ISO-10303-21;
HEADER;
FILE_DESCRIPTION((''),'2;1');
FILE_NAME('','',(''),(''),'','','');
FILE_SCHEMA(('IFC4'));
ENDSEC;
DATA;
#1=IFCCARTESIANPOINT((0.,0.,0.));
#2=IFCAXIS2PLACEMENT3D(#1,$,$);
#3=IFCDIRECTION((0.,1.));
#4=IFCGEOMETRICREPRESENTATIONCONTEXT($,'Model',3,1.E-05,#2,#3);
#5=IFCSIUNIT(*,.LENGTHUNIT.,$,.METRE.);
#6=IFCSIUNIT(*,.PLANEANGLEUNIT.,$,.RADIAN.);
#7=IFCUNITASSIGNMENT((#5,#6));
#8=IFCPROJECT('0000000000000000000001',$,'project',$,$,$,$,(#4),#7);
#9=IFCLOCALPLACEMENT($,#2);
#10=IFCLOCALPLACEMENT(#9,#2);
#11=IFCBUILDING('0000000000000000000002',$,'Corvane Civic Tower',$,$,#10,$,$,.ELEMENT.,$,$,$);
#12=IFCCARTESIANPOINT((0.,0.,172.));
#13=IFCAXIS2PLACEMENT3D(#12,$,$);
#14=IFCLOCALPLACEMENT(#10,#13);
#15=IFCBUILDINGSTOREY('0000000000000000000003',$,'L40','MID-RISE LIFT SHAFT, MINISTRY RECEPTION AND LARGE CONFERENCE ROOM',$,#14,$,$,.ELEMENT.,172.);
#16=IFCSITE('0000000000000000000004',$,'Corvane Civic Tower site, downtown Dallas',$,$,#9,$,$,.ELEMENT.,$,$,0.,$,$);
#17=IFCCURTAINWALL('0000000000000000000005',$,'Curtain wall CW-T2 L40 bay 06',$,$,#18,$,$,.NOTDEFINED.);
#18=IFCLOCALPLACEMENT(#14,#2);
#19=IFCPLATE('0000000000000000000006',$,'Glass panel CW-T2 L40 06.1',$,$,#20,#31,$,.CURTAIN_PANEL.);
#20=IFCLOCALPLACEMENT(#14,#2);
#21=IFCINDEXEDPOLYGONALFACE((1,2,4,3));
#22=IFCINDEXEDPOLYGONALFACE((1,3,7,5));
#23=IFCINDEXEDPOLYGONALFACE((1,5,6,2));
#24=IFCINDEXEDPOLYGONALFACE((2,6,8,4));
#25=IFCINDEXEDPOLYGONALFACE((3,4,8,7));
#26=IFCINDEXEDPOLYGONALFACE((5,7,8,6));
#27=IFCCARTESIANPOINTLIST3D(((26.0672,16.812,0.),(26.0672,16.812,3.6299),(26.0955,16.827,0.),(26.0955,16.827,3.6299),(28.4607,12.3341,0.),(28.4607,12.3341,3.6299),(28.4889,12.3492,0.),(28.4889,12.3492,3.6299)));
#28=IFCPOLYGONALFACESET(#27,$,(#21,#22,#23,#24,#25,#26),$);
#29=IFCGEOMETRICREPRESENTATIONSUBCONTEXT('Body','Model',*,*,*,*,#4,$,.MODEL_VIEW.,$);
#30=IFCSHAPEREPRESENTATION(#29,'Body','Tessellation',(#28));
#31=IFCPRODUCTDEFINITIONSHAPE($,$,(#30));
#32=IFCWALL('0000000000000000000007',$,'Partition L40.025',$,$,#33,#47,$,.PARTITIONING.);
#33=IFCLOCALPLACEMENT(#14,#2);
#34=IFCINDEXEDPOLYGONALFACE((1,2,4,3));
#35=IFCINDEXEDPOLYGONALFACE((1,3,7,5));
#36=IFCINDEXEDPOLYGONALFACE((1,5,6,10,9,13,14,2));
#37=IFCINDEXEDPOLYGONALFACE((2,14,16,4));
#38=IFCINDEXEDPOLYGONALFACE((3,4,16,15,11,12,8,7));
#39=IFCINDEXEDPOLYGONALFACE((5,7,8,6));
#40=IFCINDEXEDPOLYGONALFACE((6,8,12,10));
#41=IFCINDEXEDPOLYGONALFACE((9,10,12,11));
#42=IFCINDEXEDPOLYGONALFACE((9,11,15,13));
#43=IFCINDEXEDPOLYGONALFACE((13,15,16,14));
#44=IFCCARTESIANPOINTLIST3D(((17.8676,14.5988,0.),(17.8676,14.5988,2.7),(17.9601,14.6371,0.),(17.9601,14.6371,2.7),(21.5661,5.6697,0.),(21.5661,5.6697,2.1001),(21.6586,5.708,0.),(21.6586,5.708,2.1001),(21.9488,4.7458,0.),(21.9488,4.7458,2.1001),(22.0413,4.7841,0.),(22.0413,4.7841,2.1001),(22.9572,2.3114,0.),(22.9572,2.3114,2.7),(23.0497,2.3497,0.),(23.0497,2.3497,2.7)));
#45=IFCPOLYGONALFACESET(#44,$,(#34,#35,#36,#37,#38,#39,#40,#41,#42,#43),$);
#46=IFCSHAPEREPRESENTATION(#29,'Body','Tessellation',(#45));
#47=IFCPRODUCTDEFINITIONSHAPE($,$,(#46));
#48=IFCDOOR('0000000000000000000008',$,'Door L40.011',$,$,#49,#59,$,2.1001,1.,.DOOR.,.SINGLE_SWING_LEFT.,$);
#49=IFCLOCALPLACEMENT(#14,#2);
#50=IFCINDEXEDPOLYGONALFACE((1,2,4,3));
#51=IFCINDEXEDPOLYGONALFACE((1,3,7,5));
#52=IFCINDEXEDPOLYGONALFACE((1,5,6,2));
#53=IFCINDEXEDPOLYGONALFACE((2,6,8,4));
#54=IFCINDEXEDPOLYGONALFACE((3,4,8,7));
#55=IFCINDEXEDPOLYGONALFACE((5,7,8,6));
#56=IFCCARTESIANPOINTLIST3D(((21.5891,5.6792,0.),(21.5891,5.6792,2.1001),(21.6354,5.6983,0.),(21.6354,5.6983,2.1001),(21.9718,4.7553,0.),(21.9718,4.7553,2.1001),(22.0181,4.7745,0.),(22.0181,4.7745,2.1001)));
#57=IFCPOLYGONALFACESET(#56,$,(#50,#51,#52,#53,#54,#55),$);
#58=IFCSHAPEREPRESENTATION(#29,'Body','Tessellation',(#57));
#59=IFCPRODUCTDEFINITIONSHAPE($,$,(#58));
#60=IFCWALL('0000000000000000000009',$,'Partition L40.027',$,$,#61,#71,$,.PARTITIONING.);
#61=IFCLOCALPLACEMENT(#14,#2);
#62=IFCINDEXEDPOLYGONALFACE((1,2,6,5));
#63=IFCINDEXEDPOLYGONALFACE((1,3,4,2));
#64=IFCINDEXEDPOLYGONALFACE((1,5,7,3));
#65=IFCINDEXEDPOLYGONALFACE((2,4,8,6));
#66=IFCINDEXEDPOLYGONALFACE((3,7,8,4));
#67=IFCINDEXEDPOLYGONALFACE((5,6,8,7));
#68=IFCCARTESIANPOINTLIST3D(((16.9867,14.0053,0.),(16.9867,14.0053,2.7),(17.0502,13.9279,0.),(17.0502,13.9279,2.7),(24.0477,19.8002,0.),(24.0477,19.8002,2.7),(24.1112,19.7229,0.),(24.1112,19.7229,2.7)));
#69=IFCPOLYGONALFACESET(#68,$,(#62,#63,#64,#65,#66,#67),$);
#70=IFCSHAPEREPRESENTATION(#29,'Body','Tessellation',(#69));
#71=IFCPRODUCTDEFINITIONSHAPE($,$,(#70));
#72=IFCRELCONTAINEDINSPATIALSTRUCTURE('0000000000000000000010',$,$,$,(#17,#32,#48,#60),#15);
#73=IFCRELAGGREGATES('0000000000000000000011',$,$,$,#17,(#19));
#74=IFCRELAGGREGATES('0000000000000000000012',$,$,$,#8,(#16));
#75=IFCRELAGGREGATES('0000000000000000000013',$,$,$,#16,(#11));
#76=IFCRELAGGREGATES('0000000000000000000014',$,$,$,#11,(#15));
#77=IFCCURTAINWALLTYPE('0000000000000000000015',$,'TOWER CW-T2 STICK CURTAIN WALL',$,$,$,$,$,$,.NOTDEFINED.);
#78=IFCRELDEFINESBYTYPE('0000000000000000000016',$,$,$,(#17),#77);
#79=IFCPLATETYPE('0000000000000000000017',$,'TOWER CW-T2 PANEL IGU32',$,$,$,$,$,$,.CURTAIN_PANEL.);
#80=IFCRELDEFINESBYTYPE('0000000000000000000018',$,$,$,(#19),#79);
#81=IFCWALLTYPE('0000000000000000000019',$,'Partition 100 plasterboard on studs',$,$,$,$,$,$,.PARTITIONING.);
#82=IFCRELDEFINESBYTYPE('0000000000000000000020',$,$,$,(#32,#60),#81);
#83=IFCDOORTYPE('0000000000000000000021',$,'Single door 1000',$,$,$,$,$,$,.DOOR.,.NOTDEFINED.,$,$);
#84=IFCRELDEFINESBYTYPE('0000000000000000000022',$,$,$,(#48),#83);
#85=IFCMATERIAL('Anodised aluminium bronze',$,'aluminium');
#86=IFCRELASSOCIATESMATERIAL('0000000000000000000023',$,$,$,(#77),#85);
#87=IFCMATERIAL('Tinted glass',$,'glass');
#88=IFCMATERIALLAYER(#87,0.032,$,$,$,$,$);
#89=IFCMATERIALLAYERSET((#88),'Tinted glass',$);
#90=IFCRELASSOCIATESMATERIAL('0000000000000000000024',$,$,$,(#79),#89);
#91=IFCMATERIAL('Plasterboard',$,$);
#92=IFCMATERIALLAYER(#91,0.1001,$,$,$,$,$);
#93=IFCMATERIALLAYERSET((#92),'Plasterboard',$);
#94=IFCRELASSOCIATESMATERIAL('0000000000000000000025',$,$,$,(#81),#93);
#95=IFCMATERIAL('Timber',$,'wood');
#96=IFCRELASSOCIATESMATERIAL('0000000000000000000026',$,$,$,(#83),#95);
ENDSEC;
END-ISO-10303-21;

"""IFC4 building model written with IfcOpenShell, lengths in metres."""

from ifc_helpers import new_model, si_unit, direction, frame, frame_2d, origin, origin_2d, place, context, subcontext, project, spatial, rectangle, extrude, material, layer, layer_set, type_object, element, fill, aggregate, save


model = new_model("IFC4")

# Units and contexts
model_context = context("Model", 3, precision=1e-05, world=origin(), true_north=direction((0.0, 1.0)))
body_context = subcontext(model_context, "Body", "Model", "MODEL_VIEW")
ifc_project = project(units=[si_unit("LENGTHUNIT", "METRE"), si_unit("PLANEANGLEUNIT", "RADIAN")], contexts=[model_context])

# Site, building, storey
site_placement = place(None, origin())
site = spatial("IfcSite", under=ifc_project, at=site_placement, Name="Corvane Civic Tower site, downtown Dallas", CompositionType="ELEMENT", RefElevation=0.0)
building_placement = place(site_placement, origin())
building = spatial("IfcBuilding", under=site, at=building_placement, Name="Corvane Civic Tower", CompositionType="ELEMENT")
storey_placement = place(building_placement, frame((0.0, 0.0, 172.0)))
storey = spatial("IfcBuildingStorey", under=building, at=storey_placement, Name="L40", Description="MID-RISE LIFT SHAFT, MINISTRY RECEPTION AND LARGE CONFERENCE ROOM", CompositionType="ELEMENT", Elevation=172.0)

# Curtain wall
ifc_material_1 = material(Name="Anodised aluminium bronze", Category="aluminium")
curtain_wall_type = type_object("IfcCurtainWallType", Name="TOWER CW-T2 STICK CURTAIN WALL", PredefinedType="NOTDEFINED", material=ifc_material_1)
curtain_wall_1_placement = place(storey_placement, origin())
curtain_wall_1 = element("IfcCurtainWall", 1, at=curtain_wall_1_placement, inside=storey, type_object=curtain_wall_type, Name="Curtain wall CW-T2 L40 bay 06", PredefinedType="NOTDEFINED")

# Shared definitions
ifc_material_2 = material(Name="Tinted glass", Category="glass")
ifc_layer_1 = layer(ifc_material_2, 0.032)
ifc_layer_set_1 = layer_set([ifc_layer_1], Name="Tinted glass")
plate_type = type_object("IfcPlateType", Name="TOWER CW-T2 PANEL IGU32", PredefinedType="CURTAIN_PANEL", material=ifc_layer_set_1)

# Plate
plate_1_placement = place(storey_placement, frame((27.2781, 14.5806, 0.0), z_axis=(0.0, 0.0, 1.0), x_axis=(0.471395, -0.881922, 0.0)))
plate_1 = element("IfcPlate", 2, at=plate_1_placement, type_object=plate_type, Name="Glass panel CW-T2 L40 06.1", PredefinedType="CURTAIN_PANEL", context=body_context, shape_type="SweptSolid", body=[
    extrude(rectangle(XDim=5.0774, YDim=0.032, at=origin_2d()), origin(), (0.0, 0.0, 1.0), 3.6299),
])
aggregate(curtain_wall_1, [plate_1])

# Wall, opening, door
ifc_material_3 = material(Name="Plasterboard")
ifc_layer_2 = layer(ifc_material_3, 0.1001)
ifc_layer_set_2 = layer_set([ifc_layer_2], Name="Plasterboard")
wall_type = type_object("IfcWallType", Name="Partition 100 plasterboard on studs", PredefinedType="PARTITIONING", material=ifc_layer_set_2)
wall_1_placement = place(storey_placement, frame((17.9138, 14.6179, 0.0), z_axis=(0.0, 0.0, 1.0), x_axis=(0.382684, -0.923879, 0.0)))
wall_1 = element("IfcWall", 3, at=wall_1_placement, inside=storey, type_object=wall_type, Name="Partition L40.025", PredefinedType="PARTITIONING", context=body_context, shape_type="SweptSolid", body=[
    extrude(rectangle(XDim=13.2998, YDim=0.1001, at=frame_2d((6.6499, 0.0))), origin(), (0.0, 0.0, 1.0), 2.7),
])
opening_placement = place(wall_1_placement, frame((9.6648, 0.0, 0.0)))
opening = element("IfcOpeningElement", 4, at=opening_placement, cuts=wall_1, PredefinedType="OPENING", context=body_context, shape_type="SweptSolid", body=[
    extrude(rectangle(XDim=1.0, YDim=2.1001, at=frame_2d((0.5, 1.05))), frame((0.0, 0.0601, 0.0), z_axis=(0.0, -1.0, 0.0), x_axis=(1.0, 0.0, 0.0)), (0.0, 0.0, 1.0), 0.1201),
])
ifc_material_4 = material(Name="Timber", Category="wood")
door_type = type_object("IfcDoorType", Name="Single door 1000", OperationType="NOTDEFINED", PredefinedType="DOOR", material=ifc_material_4)
door_placement = place(opening_placement, origin())
door = element("IfcDoor", 5, at=door_placement, inside=storey, type_object=door_type, Name="Door L40.011", OperationType="SINGLE_SWING_LEFT", OverallHeight=2.1001, OverallWidth=1.0, PredefinedType="DOOR", context=body_context, shape_type="SweptSolid", body=[
    extrude(rectangle(XDim=1.0, YDim=2.1001, at=frame_2d((0.5, 1.05))), frame((0.0, 0.0249, 0.0), z_axis=(0.0, -1.0, 0.0), x_axis=(1.0, 0.0, 0.0)), (0.0, 0.0, 1.0), 0.05),
])
fill(opening, door)

# Wall
wall_2_placement = place(storey_placement, frame((17.0183, 13.9666, 0.0), z_axis=(0.0, 0.0, 1.0), x_axis=(0.773006, 0.634399, 0.0)))
element("IfcWall", 6, at=wall_2_placement, inside=storey, type_object=wall_type, Name="Partition L40.027", PredefinedType="PARTITIONING", context=body_context, shape_type="SweptSolid", body=[
    extrude(rectangle(XDim=9.1345, YDim=0.1001, at=frame_2d((4.5674, 0.0))), origin(), (0.0, 0.0, 1.0), 2.7),
])

save(model, "model.ifc")
